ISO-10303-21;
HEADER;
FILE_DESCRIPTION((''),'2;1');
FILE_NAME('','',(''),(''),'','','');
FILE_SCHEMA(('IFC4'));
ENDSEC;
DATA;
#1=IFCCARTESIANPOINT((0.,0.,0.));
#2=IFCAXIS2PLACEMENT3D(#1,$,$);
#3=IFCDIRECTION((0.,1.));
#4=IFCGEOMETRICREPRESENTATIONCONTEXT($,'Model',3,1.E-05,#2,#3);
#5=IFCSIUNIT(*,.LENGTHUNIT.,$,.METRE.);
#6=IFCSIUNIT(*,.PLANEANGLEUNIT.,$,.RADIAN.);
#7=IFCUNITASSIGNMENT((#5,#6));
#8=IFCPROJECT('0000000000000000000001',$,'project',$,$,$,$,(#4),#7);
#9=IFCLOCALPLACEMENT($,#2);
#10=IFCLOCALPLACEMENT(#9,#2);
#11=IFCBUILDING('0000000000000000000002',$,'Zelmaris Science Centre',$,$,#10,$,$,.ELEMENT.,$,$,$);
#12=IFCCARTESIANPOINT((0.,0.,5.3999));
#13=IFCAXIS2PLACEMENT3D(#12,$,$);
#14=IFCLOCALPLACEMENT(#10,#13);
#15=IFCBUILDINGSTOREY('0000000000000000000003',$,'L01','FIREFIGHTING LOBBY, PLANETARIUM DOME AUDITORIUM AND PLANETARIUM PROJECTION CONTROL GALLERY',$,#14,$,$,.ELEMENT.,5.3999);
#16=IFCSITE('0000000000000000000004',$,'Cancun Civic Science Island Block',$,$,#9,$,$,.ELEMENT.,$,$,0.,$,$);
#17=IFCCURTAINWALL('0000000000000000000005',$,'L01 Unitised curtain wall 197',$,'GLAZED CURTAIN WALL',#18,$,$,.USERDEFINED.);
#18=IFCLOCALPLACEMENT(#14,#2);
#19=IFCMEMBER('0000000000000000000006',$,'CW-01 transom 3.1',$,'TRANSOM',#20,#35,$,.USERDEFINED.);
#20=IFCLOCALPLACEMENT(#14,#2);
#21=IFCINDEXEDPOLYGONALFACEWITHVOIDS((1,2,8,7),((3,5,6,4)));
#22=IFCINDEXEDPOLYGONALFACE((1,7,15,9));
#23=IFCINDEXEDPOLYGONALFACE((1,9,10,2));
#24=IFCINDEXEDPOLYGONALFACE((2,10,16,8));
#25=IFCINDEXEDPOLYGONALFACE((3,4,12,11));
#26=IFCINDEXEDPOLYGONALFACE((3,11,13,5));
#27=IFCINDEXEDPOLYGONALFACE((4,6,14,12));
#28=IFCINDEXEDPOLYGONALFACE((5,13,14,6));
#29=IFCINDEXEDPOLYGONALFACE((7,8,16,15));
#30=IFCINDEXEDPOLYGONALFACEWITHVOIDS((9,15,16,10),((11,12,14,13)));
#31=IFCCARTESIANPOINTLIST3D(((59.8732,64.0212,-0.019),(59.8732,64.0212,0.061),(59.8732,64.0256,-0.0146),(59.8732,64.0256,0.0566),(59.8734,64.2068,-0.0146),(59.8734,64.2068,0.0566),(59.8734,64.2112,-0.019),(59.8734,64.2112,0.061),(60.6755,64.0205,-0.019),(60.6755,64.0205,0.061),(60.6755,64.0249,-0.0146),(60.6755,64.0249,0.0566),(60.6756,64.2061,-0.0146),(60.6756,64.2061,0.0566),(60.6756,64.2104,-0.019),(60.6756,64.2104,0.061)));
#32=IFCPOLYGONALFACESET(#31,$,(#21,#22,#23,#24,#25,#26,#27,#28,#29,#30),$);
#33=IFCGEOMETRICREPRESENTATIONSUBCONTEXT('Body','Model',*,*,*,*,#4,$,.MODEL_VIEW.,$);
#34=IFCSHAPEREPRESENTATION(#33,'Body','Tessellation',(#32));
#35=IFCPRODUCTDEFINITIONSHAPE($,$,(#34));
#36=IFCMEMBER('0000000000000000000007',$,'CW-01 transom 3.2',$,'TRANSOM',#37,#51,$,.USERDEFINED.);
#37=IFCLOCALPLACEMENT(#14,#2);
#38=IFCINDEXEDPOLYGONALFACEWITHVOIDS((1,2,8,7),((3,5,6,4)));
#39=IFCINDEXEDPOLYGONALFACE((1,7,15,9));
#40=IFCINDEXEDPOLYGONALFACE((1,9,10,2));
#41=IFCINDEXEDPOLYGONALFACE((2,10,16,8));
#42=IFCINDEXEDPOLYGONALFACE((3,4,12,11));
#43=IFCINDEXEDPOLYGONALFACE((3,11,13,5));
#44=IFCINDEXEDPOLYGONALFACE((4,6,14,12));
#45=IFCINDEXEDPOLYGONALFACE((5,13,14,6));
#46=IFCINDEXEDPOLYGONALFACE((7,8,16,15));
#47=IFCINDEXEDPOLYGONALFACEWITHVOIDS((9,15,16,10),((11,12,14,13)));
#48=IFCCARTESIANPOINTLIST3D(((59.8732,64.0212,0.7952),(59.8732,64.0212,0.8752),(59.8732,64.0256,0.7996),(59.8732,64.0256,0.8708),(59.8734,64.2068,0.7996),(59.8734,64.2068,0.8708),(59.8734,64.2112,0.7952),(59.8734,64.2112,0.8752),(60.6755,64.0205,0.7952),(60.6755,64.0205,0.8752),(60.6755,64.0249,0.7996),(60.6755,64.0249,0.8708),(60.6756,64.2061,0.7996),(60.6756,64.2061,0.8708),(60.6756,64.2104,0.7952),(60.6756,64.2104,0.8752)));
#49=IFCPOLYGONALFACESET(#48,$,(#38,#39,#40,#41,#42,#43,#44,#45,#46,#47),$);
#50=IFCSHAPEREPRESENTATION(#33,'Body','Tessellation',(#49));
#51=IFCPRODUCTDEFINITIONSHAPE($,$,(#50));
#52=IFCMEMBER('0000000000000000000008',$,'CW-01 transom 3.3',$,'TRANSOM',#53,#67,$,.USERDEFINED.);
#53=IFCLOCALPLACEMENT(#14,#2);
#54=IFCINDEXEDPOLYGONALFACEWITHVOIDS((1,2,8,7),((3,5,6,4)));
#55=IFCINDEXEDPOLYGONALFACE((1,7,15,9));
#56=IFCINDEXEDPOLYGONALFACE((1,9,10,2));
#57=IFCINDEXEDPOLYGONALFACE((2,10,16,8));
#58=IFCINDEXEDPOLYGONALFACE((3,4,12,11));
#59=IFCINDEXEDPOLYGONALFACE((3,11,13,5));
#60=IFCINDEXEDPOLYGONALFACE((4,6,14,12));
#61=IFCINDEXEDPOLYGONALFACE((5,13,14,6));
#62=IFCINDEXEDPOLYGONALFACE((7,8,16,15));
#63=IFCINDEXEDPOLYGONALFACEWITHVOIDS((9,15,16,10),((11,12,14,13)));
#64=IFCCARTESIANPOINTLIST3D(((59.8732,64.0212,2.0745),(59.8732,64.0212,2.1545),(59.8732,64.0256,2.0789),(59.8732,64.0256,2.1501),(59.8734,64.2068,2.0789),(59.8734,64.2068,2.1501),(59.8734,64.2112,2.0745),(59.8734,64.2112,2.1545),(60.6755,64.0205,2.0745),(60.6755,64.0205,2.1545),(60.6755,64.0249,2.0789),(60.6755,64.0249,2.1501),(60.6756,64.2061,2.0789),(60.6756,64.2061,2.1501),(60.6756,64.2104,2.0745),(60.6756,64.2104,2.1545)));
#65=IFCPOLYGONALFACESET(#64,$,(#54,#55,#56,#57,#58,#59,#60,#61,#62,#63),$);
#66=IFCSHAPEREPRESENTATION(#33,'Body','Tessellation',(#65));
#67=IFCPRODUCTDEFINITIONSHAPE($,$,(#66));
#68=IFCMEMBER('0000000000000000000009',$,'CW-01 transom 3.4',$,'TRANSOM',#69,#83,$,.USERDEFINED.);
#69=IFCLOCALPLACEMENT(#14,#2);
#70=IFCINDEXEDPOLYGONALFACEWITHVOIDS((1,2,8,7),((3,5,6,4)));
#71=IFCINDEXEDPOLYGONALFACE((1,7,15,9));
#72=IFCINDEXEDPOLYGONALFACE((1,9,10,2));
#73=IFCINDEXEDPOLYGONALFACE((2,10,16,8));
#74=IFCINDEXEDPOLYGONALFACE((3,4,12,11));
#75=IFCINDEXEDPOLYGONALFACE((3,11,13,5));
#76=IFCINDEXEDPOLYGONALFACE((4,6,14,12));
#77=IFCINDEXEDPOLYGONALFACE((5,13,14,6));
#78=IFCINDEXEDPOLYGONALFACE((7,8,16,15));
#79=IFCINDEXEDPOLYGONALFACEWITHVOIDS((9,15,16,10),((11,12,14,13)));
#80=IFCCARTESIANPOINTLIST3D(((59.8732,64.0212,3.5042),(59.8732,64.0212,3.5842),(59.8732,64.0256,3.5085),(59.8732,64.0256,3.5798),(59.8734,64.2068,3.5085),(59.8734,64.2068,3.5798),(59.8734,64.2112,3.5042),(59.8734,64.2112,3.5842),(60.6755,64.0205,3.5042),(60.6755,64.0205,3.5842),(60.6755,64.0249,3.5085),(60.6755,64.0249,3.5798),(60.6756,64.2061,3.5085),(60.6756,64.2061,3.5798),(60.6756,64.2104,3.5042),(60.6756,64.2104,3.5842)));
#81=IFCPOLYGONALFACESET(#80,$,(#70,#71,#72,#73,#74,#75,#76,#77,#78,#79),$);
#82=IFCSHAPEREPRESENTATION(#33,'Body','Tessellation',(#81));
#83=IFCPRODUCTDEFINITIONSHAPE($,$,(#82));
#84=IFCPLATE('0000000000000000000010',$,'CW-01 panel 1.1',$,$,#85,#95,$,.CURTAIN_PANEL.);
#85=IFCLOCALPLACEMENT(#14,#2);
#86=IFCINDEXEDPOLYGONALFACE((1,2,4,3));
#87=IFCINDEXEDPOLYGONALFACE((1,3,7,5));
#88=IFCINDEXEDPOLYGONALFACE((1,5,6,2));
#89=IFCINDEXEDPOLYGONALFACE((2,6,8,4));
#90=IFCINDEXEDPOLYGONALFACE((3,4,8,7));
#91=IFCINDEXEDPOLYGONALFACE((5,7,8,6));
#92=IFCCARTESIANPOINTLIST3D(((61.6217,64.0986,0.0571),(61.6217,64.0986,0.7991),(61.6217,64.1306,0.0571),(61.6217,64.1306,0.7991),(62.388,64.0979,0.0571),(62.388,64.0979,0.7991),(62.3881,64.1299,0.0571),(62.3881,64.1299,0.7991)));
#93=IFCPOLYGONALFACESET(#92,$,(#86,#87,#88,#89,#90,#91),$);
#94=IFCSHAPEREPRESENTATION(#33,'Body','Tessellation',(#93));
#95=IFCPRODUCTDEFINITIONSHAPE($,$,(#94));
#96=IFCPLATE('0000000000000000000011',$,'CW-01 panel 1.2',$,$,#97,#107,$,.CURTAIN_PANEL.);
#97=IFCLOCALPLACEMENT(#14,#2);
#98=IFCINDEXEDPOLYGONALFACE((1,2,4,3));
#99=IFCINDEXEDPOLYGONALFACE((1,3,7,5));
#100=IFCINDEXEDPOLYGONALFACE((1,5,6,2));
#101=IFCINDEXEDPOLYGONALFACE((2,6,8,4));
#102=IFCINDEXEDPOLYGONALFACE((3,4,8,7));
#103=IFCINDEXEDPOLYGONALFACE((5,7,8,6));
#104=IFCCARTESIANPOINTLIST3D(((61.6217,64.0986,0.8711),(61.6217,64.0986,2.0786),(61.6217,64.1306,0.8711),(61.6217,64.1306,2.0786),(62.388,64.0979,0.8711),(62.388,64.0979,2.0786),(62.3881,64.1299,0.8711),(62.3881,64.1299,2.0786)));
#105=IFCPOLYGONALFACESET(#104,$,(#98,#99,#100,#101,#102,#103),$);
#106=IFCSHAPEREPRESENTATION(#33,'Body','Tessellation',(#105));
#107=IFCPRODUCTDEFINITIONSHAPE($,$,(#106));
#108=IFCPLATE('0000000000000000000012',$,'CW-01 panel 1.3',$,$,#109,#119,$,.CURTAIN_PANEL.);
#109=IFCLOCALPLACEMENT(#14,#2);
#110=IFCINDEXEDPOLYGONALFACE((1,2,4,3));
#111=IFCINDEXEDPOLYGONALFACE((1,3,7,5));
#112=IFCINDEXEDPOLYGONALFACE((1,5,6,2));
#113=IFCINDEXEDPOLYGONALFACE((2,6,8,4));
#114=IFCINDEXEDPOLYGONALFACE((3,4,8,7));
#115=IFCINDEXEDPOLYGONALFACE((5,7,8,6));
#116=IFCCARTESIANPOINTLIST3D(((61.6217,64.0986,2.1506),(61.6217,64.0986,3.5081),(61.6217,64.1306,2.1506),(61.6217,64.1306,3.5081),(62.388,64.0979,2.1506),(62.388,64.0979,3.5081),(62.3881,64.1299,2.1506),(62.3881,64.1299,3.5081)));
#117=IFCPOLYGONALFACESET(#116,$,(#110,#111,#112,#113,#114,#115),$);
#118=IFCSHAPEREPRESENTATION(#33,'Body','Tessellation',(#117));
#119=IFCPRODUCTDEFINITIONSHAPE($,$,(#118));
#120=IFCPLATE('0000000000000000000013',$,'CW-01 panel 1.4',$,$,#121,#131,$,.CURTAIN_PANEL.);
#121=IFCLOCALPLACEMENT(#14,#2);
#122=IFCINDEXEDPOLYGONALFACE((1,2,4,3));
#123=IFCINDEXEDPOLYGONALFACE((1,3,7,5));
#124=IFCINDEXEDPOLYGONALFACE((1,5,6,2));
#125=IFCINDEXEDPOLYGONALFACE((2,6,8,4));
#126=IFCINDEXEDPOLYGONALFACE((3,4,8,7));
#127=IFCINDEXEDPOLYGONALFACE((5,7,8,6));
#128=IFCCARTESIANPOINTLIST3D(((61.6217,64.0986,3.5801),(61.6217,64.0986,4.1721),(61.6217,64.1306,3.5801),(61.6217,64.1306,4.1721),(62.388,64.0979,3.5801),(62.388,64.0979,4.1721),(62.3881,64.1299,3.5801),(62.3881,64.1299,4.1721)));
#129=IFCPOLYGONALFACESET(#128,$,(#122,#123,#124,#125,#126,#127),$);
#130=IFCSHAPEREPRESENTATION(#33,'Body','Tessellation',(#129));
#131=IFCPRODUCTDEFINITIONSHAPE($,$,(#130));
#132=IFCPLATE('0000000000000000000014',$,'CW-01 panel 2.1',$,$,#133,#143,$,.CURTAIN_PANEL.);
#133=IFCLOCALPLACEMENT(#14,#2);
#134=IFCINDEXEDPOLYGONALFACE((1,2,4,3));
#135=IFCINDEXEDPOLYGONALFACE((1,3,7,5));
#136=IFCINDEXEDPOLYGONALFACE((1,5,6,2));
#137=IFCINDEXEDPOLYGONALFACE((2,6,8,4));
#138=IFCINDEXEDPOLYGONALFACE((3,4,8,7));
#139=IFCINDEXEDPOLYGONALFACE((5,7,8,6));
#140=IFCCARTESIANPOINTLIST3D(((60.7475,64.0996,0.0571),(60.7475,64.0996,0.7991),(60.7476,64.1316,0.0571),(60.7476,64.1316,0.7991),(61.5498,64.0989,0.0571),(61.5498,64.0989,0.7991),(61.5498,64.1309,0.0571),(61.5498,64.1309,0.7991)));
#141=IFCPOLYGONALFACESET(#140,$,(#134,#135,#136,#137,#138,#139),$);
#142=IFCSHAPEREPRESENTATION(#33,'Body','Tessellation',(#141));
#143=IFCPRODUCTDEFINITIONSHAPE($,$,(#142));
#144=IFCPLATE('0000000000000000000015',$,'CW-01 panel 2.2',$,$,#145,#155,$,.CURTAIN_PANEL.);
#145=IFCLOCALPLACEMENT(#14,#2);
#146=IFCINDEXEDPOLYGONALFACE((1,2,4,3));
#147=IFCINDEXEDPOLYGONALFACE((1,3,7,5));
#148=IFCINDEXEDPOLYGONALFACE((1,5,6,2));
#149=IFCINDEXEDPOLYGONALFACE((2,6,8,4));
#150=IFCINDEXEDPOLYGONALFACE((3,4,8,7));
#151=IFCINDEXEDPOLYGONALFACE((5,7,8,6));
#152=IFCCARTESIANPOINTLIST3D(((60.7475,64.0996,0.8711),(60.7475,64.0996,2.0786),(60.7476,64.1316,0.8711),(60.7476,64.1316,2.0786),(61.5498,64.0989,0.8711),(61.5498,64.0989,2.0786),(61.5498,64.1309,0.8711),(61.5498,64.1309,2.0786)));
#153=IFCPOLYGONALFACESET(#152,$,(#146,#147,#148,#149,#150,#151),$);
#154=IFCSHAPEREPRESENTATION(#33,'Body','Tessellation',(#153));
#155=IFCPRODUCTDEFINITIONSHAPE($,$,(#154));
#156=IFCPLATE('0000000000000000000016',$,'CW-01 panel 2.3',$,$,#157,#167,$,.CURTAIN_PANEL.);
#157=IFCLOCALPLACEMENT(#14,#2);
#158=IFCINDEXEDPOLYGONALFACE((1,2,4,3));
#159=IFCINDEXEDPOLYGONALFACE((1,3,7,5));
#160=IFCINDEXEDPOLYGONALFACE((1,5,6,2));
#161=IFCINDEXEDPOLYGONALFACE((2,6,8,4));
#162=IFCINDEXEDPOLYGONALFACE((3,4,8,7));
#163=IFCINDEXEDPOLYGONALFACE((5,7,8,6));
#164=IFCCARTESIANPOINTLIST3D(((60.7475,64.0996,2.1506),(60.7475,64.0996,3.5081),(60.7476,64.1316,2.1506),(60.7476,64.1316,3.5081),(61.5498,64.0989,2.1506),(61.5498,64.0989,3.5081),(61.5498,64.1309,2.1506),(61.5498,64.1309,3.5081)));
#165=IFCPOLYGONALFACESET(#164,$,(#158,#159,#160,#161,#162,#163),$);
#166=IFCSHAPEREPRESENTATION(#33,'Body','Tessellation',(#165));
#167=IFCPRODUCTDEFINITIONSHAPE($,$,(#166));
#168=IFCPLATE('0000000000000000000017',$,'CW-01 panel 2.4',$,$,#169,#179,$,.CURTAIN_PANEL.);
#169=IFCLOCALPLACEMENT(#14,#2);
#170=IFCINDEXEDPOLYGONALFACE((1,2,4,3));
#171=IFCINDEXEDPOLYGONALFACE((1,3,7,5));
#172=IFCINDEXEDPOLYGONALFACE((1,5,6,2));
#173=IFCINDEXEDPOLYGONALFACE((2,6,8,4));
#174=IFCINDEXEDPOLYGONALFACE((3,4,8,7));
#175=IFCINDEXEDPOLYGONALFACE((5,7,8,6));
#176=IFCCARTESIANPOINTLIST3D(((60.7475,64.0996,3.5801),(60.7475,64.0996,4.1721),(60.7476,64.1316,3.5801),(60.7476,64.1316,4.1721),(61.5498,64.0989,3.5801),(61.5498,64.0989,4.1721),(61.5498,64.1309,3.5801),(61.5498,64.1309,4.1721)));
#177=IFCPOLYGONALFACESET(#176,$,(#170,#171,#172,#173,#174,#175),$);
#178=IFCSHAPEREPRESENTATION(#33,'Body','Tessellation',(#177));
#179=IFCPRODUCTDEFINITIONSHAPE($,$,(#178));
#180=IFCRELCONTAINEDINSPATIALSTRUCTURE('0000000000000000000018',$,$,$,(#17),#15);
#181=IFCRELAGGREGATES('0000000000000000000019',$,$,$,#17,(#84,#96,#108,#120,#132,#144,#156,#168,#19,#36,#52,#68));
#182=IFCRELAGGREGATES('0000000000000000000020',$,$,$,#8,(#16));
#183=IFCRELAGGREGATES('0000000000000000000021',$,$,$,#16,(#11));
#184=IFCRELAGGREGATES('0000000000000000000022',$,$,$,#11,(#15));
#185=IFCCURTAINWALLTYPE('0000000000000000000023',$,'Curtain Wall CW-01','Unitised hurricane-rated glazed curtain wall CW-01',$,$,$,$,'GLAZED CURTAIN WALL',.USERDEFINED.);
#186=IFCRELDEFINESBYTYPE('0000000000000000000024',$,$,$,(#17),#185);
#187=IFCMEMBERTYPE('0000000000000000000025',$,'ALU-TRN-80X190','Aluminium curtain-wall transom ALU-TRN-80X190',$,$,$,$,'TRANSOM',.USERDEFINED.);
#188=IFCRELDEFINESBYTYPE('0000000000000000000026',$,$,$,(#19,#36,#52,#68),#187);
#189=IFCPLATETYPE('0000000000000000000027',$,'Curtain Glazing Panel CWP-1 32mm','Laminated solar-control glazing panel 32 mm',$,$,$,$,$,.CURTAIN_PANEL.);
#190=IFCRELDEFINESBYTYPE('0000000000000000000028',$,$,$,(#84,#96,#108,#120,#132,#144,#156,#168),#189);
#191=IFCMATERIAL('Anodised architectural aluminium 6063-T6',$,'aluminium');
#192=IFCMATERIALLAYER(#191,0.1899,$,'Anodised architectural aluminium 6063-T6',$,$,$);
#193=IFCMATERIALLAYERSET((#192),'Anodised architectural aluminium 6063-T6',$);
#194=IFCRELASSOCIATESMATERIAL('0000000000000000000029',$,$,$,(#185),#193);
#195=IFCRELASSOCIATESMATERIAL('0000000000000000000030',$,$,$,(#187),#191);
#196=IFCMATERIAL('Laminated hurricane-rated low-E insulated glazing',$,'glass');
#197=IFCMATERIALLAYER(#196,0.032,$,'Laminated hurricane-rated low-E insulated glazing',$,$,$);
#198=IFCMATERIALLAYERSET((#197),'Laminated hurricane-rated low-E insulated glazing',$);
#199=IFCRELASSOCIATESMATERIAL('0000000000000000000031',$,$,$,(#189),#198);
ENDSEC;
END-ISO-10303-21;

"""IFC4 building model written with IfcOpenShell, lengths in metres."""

from ifc_helpers import new_model, si_unit, direction, frame, origin, origin_2d, place, context, subcontext, project, spatial, rectangle, hollow_rectangle, extrude, material, layer, layer_set, material_profile, profile_set, type_object, element, aggregate, save


model = new_model("IFC4")

# Units and contexts
model_context = context("Model", 3, precision=1e-05, world=origin(), true_north=direction((0.0, 1.0)))
body_context = subcontext(model_context, "Body", "Model", "MODEL_VIEW")
ifc_project = project(units=[si_unit("LENGTHUNIT", "METRE"), si_unit("PLANEANGLEUNIT", "RADIAN")], contexts=[model_context])

# Site, building, storey
site_placement = place(None, origin())
site = spatial("IfcSite", under=ifc_project, at=site_placement, Name="Cancun Civic Science Island Block", CompositionType="ELEMENT", RefElevation=0.0)
building_placement = place(site_placement, origin())
building = spatial("IfcBuilding", under=site, at=building_placement, Name="Zelmaris Science Centre", CompositionType="ELEMENT")
storey_placement = place(building_placement, frame((0.0, 0.0, 5.3999)))
storey = spatial("IfcBuildingStorey", under=building, at=storey_placement, Name="L01", Description="FIREFIGHTING LOBBY, PLANETARIUM DOME AUDITORIUM AND PLANETARIUM PROJECTION CONTROL GALLERY", CompositionType="ELEMENT", Elevation=5.3999)

# Curtain wall, members, plates
ifc_material_1 = material(Name="Anodised architectural aluminium 6063-T6", Category="aluminium")
ifc_layer_1 = layer(ifc_material_1, 0.1899, Name="Anodised architectural aluminium 6063-T6")
ifc_layer_set_1 = layer_set([ifc_layer_1], Name="Anodised architectural aluminium 6063-T6")
curtain_wall_type = type_object("IfcCurtainWallType", Name="Curtain Wall CW-01", Description="Unitised hurricane-rated glazed curtain wall CW-01", ElementType="GLAZED CURTAIN WALL", PredefinedType="USERDEFINED", material=ifc_layer_set_1)
curtain_wall_placement = place(storey_placement, origin())
curtain_wall = element("IfcCurtainWall", 1, at=curtain_wall_placement, inside=storey, type_object=curtain_wall_type, Name="L01 Unitised curtain wall 197", ObjectType="GLAZED CURTAIN WALL", PredefinedType="USERDEFINED")
ifc_material_profile_1 = material_profile(ifc_material_1, hollow_rectangle(XDim=0.0801, YDim=0.1899, WallThickness=0.0044, at=origin_2d()), Name="ALU-TRN-80X190")
ifc_profile_set_1 = profile_set([ifc_material_profile_1], Name="Anodised architectural aluminium 6063-T6")
member_type_1 = type_object("IfcMemberType", Name="ALU-TRN-80X190", Description="Aluminium curtain-wall transom ALU-TRN-80X190", ElementType="TRANSOM", PredefinedType="USERDEFINED", material=ifc_profile_set_1)
member_1_placement = place(storey_placement, frame((60.6755, 64.1155, 0.021), z_axis=(-1.0, 0.000913, 0.0), x_axis=(0.0, 0.0, 1.0)))
member_1 = element("IfcMember", 2, at=member_1_placement, type_object=member_type_1, Name="CW-01 transom 3.1", ObjectType="TRANSOM", PredefinedType="USERDEFINED", context=body_context, shape_type="SweptSolid", body=[
    extrude(hollow_rectangle(XDim=0.0801, YDim=0.1899, WallThickness=0.0044, at=origin_2d()), origin(), (0.0, 0.0, 1.0), 0.8022),
])
member_2_placement = place(storey_placement, frame((60.6755, 64.1155, 0.8352), z_axis=(-1.0, 0.000913, 0.0), x_axis=(0.0, 0.0, 1.0)))
member_2 = element("IfcMember", 3, at=member_2_placement, type_object=member_type_1, Name="CW-01 transom 3.2", ObjectType="TRANSOM", PredefinedType="USERDEFINED", context=body_context, shape_type="SweptSolid", body=[
    extrude(hollow_rectangle(XDim=0.0801, YDim=0.1899, WallThickness=0.0044, at=origin_2d()), origin(), (0.0, 0.0, 1.0), 0.8022),
])
member_3_placement = place(storey_placement, frame((60.6755, 64.1155, 2.1145), z_axis=(-1.0, 0.000913, 0.0), x_axis=(0.0, 0.0, 1.0)))
member_3 = element("IfcMember", 4, at=member_3_placement, type_object=member_type_1, Name="CW-01 transom 3.3", ObjectType="TRANSOM", PredefinedType="USERDEFINED", context=body_context, shape_type="SweptSolid", body=[
    extrude(hollow_rectangle(XDim=0.0801, YDim=0.1899, WallThickness=0.0044, at=origin_2d()), origin(), (0.0, 0.0, 1.0), 0.8022),
])
member_4_placement = place(storey_placement, frame((60.6755, 64.1155, 3.5442), z_axis=(-1.0, 0.000913, 0.0), x_axis=(0.0, 0.0, 1.0)))
member_4 = element("IfcMember", 5, at=member_4_placement, type_object=member_type_1, Name="CW-01 transom 3.4", ObjectType="TRANSOM", PredefinedType="USERDEFINED", context=body_context, shape_type="SweptSolid", body=[
    extrude(hollow_rectangle(XDim=0.0801, YDim=0.1899, WallThickness=0.0044, at=origin_2d()), origin(), (0.0, 0.0, 1.0), 0.8022),
])
ifc_material_2 = material(Name="Laminated hurricane-rated low-E insulated glazing", Category="glass")
ifc_layer_2 = layer(ifc_material_2, 0.032, Name="Laminated hurricane-rated low-E insulated glazing")
ifc_layer_set_2 = layer_set([ifc_layer_2], Name="Laminated hurricane-rated low-E insulated glazing")
plate_type = type_object("IfcPlateType", Name="Curtain Glazing Panel CWP-1 32mm", Description="Laminated solar-control glazing panel 32 mm", PredefinedType="CURTAIN_PANEL", material=ifc_layer_set_2)
plate_1_placement = place(storey_placement, frame((62.0049, 64.1143, 0.0571), z_axis=(0.0, 0.0, 1.0), x_axis=(-1.0, 0.000931, 0.0)))
plate_1 = element("IfcPlate", 6, at=plate_1_placement, type_object=plate_type, Name="CW-01 panel 1.1", PredefinedType="CURTAIN_PANEL", context=body_context, shape_type="SweptSolid", body=[
    extrude(rectangle(XDim=0.7664, YDim=0.032, at=origin_2d()), origin(), (0.0, 0.0, 1.0), 0.7419),
])
plate_2_placement = place(storey_placement, frame((62.0049, 64.1143, 0.8711), z_axis=(0.0, 0.0, 1.0), x_axis=(-1.0, 0.000931, 0.0)))
plate_2 = element("IfcPlate", 7, at=plate_2_placement, type_object=plate_type, Name="CW-01 panel 1.2", PredefinedType="CURTAIN_PANEL", context=body_context, shape_type="SweptSolid", body=[
    extrude(rectangle(XDim=0.7664, YDim=0.032, at=origin_2d()), origin(), (0.0, 0.0, 1.0), 1.2075),
])
plate_3_placement = place(storey_placement, frame((62.0049, 64.1143, 2.1506), z_axis=(0.0, 0.0, 1.0), x_axis=(-1.0, 0.000931, 0.0)))
plate_3 = element("IfcPlate", 8, at=plate_3_placement, type_object=plate_type, Name="CW-01 panel 1.3", PredefinedType="CURTAIN_PANEL", context=body_context, shape_type="SweptSolid", body=[
    extrude(rectangle(XDim=0.7664, YDim=0.032, at=origin_2d()), origin(), (0.0, 0.0, 1.0), 1.3574),
])
plate_4_placement = place(storey_placement, frame((62.0049, 64.1143, 3.5801), z_axis=(0.0, 0.0, 1.0), x_axis=(-1.0, 0.000931, 0.0)))
plate_4 = element("IfcPlate", 9, at=plate_4_placement, type_object=plate_type, Name="CW-01 panel 1.4", PredefinedType="CURTAIN_PANEL", context=body_context, shape_type="SweptSolid", body=[
    extrude(rectangle(XDim=0.7664, YDim=0.032, at=origin_2d()), origin(), (0.0, 0.0, 1.0), 0.592),
])
plate_5_placement = place(storey_placement, frame((61.1487, 64.1152, 0.0571), z_axis=(0.0, 0.0, 1.0), x_axis=(-1.0, 0.000931, 0.0)))
plate_5 = element("IfcPlate", 10, at=plate_5_placement, type_object=plate_type, Name="CW-01 panel 2.1", PredefinedType="CURTAIN_PANEL", context=body_context, shape_type="SweptSolid", body=[
    extrude(rectangle(XDim=0.8022, YDim=0.032, at=origin_2d()), origin(), (0.0, 0.0, 1.0), 0.7419),
])
plate_6_placement = place(storey_placement, frame((61.1487, 64.1152, 0.8711), z_axis=(0.0, 0.0, 1.0), x_axis=(-1.0, 0.000931, 0.0)))
plate_6 = element("IfcPlate", 11, at=plate_6_placement, type_object=plate_type, Name="CW-01 panel 2.2", PredefinedType="CURTAIN_PANEL", context=body_context, shape_type="SweptSolid", body=[
    extrude(rectangle(XDim=0.8022, YDim=0.032, at=origin_2d()), origin(), (0.0, 0.0, 1.0), 1.2075),
])
plate_7_placement = place(storey_placement, frame((61.1487, 64.1152, 2.1506), z_axis=(0.0, 0.0, 1.0), x_axis=(-1.0, 0.000931, 0.0)))
plate_7 = element("IfcPlate", 12, at=plate_7_placement, type_object=plate_type, Name="CW-01 panel 2.3", PredefinedType="CURTAIN_PANEL", context=body_context, shape_type="SweptSolid", body=[
    extrude(rectangle(XDim=0.8022, YDim=0.032, at=origin_2d()), origin(), (0.0, 0.0, 1.0), 1.3574),
])
plate_8_placement = place(storey_placement, frame((61.1487, 64.1152, 3.5801), z_axis=(0.0, 0.0, 1.0), x_axis=(-1.0, 0.000931, 0.0)))
plate_8 = element("IfcPlate", 13, at=plate_8_placement, type_object=plate_type, Name="CW-01 panel 2.4", PredefinedType="CURTAIN_PANEL", context=body_context, shape_type="SweptSolid", body=[
    extrude(rectangle(XDim=0.8022, YDim=0.032, at=origin_2d()), origin(), (0.0, 0.0, 1.0), 0.592),
])
aggregate(curtain_wall, [plate_1, plate_2, plate_3, plate_4, plate_5, plate_6, plate_7, plate_8, member_1, member_2, member_3, member_4])

save(model, "model.ifc")
